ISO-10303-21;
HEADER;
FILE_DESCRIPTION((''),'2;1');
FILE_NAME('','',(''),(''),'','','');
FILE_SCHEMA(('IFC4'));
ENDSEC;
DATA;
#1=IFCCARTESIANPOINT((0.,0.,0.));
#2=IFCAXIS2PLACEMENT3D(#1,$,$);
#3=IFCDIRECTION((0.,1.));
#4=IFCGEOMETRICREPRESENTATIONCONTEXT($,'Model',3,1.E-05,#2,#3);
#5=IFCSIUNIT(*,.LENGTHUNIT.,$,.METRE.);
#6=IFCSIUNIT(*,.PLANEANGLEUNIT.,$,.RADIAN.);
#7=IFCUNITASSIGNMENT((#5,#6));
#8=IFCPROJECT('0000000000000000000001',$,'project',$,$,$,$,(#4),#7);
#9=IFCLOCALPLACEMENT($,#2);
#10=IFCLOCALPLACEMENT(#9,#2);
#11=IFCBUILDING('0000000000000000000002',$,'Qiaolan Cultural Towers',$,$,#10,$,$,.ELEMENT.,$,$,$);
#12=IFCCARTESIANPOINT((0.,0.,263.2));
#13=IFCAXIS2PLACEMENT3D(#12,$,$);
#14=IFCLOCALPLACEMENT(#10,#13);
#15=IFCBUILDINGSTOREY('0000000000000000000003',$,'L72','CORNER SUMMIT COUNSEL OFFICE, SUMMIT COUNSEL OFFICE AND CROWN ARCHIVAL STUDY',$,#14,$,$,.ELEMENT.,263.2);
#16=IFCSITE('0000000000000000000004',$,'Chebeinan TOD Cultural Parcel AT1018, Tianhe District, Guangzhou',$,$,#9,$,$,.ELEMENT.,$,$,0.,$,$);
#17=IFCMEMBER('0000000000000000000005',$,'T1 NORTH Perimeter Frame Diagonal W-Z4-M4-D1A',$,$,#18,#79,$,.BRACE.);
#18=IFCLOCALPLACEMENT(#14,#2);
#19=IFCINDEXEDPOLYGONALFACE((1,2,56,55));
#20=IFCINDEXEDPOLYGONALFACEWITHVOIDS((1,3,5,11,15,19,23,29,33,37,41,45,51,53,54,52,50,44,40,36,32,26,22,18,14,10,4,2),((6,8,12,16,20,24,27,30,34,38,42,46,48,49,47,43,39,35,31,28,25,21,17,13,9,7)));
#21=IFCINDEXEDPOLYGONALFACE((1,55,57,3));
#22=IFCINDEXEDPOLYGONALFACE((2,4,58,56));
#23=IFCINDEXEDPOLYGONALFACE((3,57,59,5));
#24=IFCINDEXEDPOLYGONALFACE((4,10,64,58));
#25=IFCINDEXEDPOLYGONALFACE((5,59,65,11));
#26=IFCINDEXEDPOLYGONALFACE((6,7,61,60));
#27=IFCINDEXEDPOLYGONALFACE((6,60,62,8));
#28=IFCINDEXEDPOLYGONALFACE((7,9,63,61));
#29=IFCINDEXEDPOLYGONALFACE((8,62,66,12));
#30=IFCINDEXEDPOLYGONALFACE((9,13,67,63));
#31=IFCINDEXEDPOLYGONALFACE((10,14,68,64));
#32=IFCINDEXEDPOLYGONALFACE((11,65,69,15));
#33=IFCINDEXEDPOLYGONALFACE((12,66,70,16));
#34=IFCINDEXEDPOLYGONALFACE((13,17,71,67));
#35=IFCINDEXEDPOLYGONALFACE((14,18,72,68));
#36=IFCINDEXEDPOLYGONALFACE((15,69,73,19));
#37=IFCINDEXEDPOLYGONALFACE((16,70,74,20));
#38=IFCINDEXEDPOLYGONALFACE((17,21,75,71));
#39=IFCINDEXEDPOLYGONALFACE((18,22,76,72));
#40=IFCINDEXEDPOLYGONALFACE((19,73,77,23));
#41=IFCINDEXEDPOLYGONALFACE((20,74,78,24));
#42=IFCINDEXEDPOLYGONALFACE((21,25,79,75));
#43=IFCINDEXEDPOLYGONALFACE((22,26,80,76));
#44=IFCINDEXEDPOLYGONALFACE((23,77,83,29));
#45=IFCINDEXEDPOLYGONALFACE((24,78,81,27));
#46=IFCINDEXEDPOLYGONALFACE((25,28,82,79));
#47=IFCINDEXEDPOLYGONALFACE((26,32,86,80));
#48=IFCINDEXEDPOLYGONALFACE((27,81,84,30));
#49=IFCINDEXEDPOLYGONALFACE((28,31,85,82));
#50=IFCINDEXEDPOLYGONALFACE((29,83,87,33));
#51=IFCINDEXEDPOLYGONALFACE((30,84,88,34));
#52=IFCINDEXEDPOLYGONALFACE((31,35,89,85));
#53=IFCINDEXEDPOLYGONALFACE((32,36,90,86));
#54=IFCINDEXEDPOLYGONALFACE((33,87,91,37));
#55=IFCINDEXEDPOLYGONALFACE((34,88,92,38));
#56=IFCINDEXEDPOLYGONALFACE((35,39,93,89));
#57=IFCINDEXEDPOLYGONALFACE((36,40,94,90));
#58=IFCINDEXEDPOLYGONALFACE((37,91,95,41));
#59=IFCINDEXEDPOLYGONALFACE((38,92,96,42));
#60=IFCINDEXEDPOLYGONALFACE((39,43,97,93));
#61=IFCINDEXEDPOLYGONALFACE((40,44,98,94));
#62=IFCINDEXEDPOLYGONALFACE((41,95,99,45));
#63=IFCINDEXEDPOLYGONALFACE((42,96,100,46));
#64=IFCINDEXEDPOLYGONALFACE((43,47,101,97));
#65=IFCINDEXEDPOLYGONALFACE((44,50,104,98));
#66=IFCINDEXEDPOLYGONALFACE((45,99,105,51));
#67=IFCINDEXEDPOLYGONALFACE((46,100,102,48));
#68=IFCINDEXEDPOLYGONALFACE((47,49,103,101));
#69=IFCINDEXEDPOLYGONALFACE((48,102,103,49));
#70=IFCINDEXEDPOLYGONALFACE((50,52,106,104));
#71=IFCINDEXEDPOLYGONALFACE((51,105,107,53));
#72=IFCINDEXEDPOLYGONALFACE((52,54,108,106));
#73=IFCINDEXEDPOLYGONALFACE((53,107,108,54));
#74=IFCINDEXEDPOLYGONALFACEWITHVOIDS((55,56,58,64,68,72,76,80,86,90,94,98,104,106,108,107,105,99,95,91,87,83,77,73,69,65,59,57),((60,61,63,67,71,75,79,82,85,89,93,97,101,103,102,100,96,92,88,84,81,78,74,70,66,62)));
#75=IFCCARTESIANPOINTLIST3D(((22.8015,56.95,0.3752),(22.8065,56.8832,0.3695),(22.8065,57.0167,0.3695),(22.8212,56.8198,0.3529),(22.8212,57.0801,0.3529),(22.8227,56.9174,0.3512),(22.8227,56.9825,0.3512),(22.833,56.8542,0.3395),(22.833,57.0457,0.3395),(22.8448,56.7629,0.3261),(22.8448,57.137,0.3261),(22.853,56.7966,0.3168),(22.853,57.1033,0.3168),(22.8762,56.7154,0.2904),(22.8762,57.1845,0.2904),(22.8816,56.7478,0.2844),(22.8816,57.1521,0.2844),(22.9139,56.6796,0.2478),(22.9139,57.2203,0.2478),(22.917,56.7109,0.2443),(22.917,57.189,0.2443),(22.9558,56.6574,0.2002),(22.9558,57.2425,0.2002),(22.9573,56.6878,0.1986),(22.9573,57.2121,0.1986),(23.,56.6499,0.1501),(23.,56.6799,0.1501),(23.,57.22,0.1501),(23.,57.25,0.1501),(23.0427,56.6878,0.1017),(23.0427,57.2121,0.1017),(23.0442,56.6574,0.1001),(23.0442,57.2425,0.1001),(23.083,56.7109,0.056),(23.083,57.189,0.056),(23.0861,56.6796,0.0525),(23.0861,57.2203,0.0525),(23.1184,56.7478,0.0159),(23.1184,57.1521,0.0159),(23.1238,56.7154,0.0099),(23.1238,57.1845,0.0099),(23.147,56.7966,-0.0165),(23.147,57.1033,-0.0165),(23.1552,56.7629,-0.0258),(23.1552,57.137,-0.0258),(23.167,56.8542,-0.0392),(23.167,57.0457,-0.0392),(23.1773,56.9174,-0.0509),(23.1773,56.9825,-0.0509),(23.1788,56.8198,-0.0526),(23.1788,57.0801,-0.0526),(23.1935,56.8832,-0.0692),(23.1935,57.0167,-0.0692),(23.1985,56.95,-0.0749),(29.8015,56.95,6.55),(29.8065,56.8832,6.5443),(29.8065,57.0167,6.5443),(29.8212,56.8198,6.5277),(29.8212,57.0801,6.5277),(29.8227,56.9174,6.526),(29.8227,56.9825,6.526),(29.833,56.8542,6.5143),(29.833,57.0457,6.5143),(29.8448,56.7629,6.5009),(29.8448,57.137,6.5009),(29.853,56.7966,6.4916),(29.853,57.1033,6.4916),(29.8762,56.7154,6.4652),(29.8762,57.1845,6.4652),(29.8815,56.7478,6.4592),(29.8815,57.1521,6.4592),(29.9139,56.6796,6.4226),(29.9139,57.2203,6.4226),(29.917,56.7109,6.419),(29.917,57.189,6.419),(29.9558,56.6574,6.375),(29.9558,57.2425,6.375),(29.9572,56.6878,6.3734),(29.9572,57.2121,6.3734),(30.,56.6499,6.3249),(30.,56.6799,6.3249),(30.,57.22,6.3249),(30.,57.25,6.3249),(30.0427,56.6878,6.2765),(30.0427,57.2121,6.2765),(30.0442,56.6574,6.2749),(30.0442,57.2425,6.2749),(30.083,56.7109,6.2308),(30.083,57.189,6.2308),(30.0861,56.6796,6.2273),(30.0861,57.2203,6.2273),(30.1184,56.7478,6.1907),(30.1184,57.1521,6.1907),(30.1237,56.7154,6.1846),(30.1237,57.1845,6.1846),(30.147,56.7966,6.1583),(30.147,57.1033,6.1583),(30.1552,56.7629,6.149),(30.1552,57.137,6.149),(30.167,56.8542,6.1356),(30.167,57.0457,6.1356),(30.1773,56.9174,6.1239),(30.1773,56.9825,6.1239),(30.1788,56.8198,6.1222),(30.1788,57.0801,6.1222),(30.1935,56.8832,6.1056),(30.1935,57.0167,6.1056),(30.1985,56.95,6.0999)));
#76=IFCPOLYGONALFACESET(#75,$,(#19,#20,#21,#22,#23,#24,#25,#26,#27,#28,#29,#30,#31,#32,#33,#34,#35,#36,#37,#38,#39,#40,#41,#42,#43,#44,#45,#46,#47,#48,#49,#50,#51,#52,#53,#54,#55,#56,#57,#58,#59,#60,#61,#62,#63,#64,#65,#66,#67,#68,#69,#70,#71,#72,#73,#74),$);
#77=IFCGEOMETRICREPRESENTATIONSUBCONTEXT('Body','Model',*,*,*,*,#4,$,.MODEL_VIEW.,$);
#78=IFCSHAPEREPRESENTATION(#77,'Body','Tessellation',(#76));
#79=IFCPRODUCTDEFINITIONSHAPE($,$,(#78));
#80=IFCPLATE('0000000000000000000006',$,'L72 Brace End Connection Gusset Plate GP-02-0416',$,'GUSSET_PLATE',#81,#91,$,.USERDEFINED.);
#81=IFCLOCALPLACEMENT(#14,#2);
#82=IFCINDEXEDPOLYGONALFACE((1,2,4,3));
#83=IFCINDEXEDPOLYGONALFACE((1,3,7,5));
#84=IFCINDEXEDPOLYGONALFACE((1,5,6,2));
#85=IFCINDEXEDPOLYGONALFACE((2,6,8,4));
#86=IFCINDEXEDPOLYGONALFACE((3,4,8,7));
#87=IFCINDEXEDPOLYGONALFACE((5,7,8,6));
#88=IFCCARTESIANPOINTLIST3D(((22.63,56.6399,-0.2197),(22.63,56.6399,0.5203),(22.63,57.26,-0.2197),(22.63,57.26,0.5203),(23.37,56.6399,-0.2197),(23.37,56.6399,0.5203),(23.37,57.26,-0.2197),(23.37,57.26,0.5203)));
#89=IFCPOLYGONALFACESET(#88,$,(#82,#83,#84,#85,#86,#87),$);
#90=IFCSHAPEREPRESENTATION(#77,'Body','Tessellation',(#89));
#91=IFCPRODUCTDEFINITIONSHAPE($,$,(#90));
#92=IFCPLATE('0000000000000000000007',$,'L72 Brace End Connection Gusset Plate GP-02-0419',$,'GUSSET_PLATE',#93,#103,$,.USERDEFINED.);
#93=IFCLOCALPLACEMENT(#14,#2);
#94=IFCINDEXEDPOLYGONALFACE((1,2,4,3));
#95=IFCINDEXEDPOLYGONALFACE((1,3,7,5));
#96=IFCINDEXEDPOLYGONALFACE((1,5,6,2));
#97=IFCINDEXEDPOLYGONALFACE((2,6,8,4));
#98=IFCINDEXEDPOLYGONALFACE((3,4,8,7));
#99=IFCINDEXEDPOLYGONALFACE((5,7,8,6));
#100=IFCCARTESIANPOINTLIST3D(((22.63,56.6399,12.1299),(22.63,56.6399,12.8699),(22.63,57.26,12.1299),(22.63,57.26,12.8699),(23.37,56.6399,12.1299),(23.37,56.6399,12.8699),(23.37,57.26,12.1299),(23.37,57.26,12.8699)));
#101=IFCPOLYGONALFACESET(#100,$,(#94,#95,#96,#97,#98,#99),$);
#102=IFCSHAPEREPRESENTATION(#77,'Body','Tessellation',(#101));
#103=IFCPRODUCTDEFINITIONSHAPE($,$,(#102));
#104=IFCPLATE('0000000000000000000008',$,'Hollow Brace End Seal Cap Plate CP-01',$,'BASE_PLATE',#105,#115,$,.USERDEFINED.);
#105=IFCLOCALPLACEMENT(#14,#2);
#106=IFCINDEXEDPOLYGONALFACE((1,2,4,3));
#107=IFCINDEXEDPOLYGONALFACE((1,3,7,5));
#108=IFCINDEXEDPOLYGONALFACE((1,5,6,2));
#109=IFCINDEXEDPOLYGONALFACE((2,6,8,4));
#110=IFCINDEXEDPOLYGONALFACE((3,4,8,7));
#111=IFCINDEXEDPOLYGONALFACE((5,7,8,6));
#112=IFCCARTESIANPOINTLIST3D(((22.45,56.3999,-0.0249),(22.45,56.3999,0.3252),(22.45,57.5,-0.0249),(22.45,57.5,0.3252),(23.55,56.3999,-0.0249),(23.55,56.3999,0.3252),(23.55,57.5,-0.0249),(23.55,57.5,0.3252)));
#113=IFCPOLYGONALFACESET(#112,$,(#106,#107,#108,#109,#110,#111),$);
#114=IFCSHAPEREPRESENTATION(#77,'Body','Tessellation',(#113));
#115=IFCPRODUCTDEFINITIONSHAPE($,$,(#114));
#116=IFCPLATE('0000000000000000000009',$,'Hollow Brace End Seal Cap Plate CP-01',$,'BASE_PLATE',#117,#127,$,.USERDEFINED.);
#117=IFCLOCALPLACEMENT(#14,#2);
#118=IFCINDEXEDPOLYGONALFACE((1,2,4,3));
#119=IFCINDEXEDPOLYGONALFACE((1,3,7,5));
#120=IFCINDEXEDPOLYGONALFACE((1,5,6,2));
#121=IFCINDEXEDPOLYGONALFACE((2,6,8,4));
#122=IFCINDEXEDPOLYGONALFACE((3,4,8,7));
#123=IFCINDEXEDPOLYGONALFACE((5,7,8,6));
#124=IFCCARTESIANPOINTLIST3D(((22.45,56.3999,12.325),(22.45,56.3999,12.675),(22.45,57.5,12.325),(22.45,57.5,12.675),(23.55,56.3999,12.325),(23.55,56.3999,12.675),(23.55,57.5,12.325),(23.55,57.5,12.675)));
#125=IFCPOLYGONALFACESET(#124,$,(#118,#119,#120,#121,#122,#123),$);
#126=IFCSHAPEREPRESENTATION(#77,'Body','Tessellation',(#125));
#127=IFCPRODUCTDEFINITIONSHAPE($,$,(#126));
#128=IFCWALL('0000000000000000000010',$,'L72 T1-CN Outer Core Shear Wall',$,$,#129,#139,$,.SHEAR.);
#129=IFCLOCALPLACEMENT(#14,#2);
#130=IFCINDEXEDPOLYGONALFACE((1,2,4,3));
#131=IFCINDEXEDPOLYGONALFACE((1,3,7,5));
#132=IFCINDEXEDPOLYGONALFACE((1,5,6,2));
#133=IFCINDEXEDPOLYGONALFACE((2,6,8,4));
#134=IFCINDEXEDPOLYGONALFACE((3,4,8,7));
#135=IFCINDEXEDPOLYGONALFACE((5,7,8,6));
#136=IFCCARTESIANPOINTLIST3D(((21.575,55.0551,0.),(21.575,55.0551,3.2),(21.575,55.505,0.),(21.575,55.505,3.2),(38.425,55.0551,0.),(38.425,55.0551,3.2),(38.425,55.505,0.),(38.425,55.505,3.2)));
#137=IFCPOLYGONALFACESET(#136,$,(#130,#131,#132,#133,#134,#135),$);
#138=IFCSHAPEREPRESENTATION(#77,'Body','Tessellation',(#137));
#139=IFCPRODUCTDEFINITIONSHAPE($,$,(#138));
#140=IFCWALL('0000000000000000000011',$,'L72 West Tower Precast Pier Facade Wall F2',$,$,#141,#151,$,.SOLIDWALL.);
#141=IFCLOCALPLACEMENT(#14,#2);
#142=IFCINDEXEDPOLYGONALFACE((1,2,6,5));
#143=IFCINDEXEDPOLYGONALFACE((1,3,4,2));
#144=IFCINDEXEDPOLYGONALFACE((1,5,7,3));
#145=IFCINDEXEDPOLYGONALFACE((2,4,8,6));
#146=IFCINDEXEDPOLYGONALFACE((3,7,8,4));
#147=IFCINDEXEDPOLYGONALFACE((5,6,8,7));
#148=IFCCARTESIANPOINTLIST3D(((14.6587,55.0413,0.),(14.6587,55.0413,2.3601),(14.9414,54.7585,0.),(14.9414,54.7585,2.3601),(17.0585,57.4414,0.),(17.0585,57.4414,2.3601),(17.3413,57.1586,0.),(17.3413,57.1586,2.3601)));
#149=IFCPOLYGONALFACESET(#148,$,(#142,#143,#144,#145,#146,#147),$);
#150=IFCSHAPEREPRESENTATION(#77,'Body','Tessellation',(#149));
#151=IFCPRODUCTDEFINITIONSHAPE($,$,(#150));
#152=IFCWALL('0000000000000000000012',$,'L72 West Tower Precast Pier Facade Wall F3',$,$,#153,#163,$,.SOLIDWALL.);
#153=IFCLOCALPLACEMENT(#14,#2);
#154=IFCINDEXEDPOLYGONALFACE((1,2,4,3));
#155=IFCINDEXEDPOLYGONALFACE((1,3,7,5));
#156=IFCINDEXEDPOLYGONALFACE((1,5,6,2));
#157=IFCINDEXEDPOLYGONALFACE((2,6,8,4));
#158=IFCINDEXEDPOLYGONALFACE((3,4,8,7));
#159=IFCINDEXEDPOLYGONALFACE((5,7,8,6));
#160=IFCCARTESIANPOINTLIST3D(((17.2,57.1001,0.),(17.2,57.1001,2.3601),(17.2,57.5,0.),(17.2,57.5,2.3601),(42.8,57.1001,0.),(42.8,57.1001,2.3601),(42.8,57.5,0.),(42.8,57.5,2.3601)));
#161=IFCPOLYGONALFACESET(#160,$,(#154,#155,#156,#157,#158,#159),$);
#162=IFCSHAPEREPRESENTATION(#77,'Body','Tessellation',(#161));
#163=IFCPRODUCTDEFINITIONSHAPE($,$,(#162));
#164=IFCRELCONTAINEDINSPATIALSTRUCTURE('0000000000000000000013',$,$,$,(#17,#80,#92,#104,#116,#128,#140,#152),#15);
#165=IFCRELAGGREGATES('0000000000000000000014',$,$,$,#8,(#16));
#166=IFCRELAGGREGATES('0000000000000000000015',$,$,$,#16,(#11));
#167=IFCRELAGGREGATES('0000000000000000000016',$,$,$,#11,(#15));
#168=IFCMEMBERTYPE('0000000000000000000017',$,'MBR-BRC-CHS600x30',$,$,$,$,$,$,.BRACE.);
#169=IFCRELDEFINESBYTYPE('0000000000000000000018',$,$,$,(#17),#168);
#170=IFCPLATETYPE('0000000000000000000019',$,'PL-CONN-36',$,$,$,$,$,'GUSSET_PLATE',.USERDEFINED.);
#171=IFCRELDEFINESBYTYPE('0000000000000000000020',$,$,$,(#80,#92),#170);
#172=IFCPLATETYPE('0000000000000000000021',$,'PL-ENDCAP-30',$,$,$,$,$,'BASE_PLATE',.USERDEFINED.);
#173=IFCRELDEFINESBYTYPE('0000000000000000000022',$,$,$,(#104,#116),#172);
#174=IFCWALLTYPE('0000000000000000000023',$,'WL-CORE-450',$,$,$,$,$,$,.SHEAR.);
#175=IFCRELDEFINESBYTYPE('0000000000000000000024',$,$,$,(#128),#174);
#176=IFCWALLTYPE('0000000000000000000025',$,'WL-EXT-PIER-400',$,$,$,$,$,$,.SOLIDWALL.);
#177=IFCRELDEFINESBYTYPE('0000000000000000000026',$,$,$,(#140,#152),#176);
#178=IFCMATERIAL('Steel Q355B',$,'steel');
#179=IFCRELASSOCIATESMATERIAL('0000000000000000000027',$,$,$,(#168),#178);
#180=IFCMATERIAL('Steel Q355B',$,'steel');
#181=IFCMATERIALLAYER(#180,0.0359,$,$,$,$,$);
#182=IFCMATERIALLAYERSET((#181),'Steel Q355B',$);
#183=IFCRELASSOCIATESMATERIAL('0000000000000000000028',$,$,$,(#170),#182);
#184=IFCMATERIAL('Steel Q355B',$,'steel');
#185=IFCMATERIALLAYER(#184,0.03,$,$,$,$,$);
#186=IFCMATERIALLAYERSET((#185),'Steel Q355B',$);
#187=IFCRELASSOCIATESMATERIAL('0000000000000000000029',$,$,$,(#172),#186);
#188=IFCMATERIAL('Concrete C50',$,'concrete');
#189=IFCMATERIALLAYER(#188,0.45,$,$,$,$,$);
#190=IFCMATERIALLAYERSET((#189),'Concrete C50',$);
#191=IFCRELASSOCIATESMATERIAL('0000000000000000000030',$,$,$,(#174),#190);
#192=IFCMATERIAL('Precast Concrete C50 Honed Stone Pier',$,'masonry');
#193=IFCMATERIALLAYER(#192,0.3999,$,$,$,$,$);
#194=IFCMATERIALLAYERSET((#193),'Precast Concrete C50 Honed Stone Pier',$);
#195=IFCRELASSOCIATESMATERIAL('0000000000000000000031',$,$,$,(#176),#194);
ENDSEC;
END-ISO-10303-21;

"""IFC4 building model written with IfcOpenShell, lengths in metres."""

from ifc_helpers import new_model, si_unit, direction, frame, frame_2d, origin, origin_2d, place, context, subcontext, project, spatial, rectangle, hollow_circle, extrude, material, layer, layer_set, material_profile, profile_set, type_object, element, save


model = new_model("IFC4")

# Units and contexts
model_context = context("Model", 3, precision=1e-05, world=origin(), true_north=direction((0.0, 1.0)))
body_context = subcontext(model_context, "Body", "Model", "MODEL_VIEW")
ifc_project = project(units=[si_unit("LENGTHUNIT", "METRE"), si_unit("PLANEANGLEUNIT", "RADIAN")], contexts=[model_context])

# Site, building, storey
site_placement = place(None, origin())
site = spatial("IfcSite", under=ifc_project, at=site_placement, Name="Chebeinan TOD Cultural Parcel AT1018, Tianhe District, Guangzhou", CompositionType="ELEMENT", RefElevation=0.0)
building_placement = place(site_placement, origin())
building = spatial("IfcBuilding", under=site, at=building_placement, Name="Qiaolan Cultural Towers", CompositionType="ELEMENT")
storey_placement = place(building_placement, frame((0.0, 0.0, 263.2)))
storey = spatial("IfcBuildingStorey", under=building, at=storey_placement, Name="L72", Description="CORNER SUMMIT COUNSEL OFFICE, SUMMIT COUNSEL OFFICE AND CROWN ARCHIVAL STUDY", CompositionType="ELEMENT", Elevation=263.2)

# Member
ifc_material_1 = material(Name="Steel Q355B", Category="steel")
ifc_material_profile_1 = material_profile(ifc_material_1, hollow_circle(Radius=0.3, WallThickness=0.03, at=origin_2d()), Name="CHS600x30")
ifc_profile_set_1 = profile_set([ifc_material_profile_1], Name="Steel Q355B")
member_type = type_object("IfcMemberType", Name="MBR-BRC-CHS600x30", PredefinedType="BRACE", material=ifc_profile_set_1)
member_placement = place(storey_placement, frame((23.0, 56.95, 0.1501), z_axis=(0.749926, 0.0, 0.661521), x_axis=(0.0, 1.0, 0.0)))
element("IfcMember", 1, at=member_placement, inside=storey, type_object=member_type, Name="T1 NORTH Perimeter Frame Diagonal W-Z4-M4-D1A", PredefinedType="BRACE", context=body_context, shape_type="SweptSolid", body=[
    extrude(hollow_circle(Radius=0.3, WallThickness=0.03, at=origin_2d()), origin(), (0.0, 0.0, 1.0), 9.3342),
])

# Plates
ifc_material_2 = material(Name="Steel Q355B", Category="steel")
ifc_layer_1 = layer(ifc_material_2, 0.0359)
ifc_layer_set_1 = layer_set([ifc_layer_1], Name="Steel Q355B")
plate_type_1 = type_object("IfcPlateType", Name="PL-CONN-36", ElementType="GUSSET_PLATE", PredefinedType="USERDEFINED", material=ifc_layer_set_1)
for number, where, z_axis, x_axis, name in (
    (2, (23.0, 56.95, -0.2197), (0.0, 0.0, 1.0), (1.0, 0.0, 0.0), "L72 Brace End Connection Gusset Plate GP-02-0416"),
    (3, (23.0, 56.95, 12.1299), (0.0, 0.0, 1.0), (1.0, 0.0, 0.0), "L72 Brace End Connection Gusset Plate GP-02-0419"),
):
    element("IfcPlate", number, at=place(storey_placement, frame(where, z_axis=z_axis, x_axis=x_axis)), inside=storey, type_object=plate_type_1, Name=name, ObjectType="GUSSET_PLATE", PredefinedType="USERDEFINED", context=body_context, shape_type="SweptSolid", body=[
        extrude(rectangle(XDim=0.74, YDim=0.6201, at=origin_2d()), origin(), (0.0, 0.0, 1.0), 0.74),
    ])
ifc_material_3 = material(Name="Steel Q355B", Category="steel")
ifc_layer_2 = layer(ifc_material_3, 0.03)
ifc_layer_set_2 = layer_set([ifc_layer_2], Name="Steel Q355B")
plate_type_2 = type_object("IfcPlateType", Name="PL-ENDCAP-30", ElementType="BASE_PLATE", PredefinedType="USERDEFINED", material=ifc_layer_set_2)
for number, where, z_axis, x_axis, name in (
    (4, (23.0, 56.95, -0.0249), (0.0, 0.0, 1.0), (1.0, 0.0, 0.0), "Hollow Brace End Seal Cap Plate CP-01"),
    (5, (23.0, 56.95, 12.325), (0.0, 0.0, 1.0), (1.0, 0.0, 0.0), "Hollow Brace End Seal Cap Plate CP-01"),
):
    element("IfcPlate", number, at=place(storey_placement, frame(where, z_axis=z_axis, x_axis=x_axis)), inside=storey, type_object=plate_type_2, Name=name, ObjectType="BASE_PLATE", PredefinedType="USERDEFINED", context=body_context, shape_type="SweptSolid", body=[
        extrude(rectangle(XDim=1.1001, YDim=1.1001, at=origin_2d()), origin(), (0.0, 0.0, 1.0), 0.3501),
    ])

# Walls
ifc_material_4 = material(Name="Concrete C50", Category="concrete")
ifc_layer_3 = layer(ifc_material_4, 0.45)
ifc_layer_set_3 = layer_set([ifc_layer_3], Name="Concrete C50")
wall_type_1 = type_object("IfcWallType", Name="WL-CORE-450", PredefinedType="SHEAR", material=ifc_layer_set_3)
wall_1_placement = place(storey_placement, frame((21.575, 55.28, 0.0), z_axis=(0.0, 0.0, 1.0), x_axis=(1.0, 0.0, 0.0)))
element("IfcWall", 6, at=wall_1_placement, inside=storey, type_object=wall_type_1, Name="L72 T1-CN Outer Core Shear Wall", PredefinedType="SHEAR", context=body_context, shape_type="SweptSolid", body=[
    extrude(rectangle(XDim=16.8501, YDim=0.45, at=frame_2d((8.425, 0.0))), origin(), (0.0, 0.0, 1.0), 3.2),
])
ifc_material_5 = material(Name="Precast Concrete C50 Honed Stone Pier", Category="masonry")
ifc_layer_4 = layer(ifc_material_5, 0.3999)
ifc_layer_set_4 = layer_set([ifc_layer_4], Name="Precast Concrete C50 Honed Stone Pier")
wall_type_2 = type_object("IfcWallType", Name="WL-EXT-PIER-400", PredefinedType="SOLIDWALL", material=ifc_layer_set_4)
wall_2_placement = place(storey_placement, frame((14.8, 54.8999, 0.0), z_axis=(0.0, 0.0, 1.0), x_axis=(0.707071, 0.707143, 0.0)))
element("IfcWall", 7, at=wall_2_placement, inside=storey, type_object=wall_type_2, Name="L72 West Tower Precast Pier Facade Wall F2", PredefinedType="SOLIDWALL", context=body_context, shape_type="SweptSolid", body=[
    extrude(rectangle(XDim=3.394, YDim=0.3999, at=frame_2d((1.697, 0.0))), origin(), (0.0, 0.0, 1.0), 2.3601),
])
wall_3_placement = place(storey_placement, frame((17.2, 57.3, 0.0), z_axis=(0.0, 0.0, 1.0), x_axis=(1.0, 0.0, 0.0)))
element("IfcWall", 8, at=wall_3_placement, inside=storey, type_object=wall_type_2, Name="L72 West Tower Precast Pier Facade Wall F3", PredefinedType="SOLIDWALL", context=body_context, shape_type="SweptSolid", body=[
    extrude(rectangle(XDim=25.6001, YDim=0.3999, at=frame_2d((12.8, 0.0))), origin(), (0.0, 0.0, 1.0), 2.3601),
])

save(model, "model.ifc")
